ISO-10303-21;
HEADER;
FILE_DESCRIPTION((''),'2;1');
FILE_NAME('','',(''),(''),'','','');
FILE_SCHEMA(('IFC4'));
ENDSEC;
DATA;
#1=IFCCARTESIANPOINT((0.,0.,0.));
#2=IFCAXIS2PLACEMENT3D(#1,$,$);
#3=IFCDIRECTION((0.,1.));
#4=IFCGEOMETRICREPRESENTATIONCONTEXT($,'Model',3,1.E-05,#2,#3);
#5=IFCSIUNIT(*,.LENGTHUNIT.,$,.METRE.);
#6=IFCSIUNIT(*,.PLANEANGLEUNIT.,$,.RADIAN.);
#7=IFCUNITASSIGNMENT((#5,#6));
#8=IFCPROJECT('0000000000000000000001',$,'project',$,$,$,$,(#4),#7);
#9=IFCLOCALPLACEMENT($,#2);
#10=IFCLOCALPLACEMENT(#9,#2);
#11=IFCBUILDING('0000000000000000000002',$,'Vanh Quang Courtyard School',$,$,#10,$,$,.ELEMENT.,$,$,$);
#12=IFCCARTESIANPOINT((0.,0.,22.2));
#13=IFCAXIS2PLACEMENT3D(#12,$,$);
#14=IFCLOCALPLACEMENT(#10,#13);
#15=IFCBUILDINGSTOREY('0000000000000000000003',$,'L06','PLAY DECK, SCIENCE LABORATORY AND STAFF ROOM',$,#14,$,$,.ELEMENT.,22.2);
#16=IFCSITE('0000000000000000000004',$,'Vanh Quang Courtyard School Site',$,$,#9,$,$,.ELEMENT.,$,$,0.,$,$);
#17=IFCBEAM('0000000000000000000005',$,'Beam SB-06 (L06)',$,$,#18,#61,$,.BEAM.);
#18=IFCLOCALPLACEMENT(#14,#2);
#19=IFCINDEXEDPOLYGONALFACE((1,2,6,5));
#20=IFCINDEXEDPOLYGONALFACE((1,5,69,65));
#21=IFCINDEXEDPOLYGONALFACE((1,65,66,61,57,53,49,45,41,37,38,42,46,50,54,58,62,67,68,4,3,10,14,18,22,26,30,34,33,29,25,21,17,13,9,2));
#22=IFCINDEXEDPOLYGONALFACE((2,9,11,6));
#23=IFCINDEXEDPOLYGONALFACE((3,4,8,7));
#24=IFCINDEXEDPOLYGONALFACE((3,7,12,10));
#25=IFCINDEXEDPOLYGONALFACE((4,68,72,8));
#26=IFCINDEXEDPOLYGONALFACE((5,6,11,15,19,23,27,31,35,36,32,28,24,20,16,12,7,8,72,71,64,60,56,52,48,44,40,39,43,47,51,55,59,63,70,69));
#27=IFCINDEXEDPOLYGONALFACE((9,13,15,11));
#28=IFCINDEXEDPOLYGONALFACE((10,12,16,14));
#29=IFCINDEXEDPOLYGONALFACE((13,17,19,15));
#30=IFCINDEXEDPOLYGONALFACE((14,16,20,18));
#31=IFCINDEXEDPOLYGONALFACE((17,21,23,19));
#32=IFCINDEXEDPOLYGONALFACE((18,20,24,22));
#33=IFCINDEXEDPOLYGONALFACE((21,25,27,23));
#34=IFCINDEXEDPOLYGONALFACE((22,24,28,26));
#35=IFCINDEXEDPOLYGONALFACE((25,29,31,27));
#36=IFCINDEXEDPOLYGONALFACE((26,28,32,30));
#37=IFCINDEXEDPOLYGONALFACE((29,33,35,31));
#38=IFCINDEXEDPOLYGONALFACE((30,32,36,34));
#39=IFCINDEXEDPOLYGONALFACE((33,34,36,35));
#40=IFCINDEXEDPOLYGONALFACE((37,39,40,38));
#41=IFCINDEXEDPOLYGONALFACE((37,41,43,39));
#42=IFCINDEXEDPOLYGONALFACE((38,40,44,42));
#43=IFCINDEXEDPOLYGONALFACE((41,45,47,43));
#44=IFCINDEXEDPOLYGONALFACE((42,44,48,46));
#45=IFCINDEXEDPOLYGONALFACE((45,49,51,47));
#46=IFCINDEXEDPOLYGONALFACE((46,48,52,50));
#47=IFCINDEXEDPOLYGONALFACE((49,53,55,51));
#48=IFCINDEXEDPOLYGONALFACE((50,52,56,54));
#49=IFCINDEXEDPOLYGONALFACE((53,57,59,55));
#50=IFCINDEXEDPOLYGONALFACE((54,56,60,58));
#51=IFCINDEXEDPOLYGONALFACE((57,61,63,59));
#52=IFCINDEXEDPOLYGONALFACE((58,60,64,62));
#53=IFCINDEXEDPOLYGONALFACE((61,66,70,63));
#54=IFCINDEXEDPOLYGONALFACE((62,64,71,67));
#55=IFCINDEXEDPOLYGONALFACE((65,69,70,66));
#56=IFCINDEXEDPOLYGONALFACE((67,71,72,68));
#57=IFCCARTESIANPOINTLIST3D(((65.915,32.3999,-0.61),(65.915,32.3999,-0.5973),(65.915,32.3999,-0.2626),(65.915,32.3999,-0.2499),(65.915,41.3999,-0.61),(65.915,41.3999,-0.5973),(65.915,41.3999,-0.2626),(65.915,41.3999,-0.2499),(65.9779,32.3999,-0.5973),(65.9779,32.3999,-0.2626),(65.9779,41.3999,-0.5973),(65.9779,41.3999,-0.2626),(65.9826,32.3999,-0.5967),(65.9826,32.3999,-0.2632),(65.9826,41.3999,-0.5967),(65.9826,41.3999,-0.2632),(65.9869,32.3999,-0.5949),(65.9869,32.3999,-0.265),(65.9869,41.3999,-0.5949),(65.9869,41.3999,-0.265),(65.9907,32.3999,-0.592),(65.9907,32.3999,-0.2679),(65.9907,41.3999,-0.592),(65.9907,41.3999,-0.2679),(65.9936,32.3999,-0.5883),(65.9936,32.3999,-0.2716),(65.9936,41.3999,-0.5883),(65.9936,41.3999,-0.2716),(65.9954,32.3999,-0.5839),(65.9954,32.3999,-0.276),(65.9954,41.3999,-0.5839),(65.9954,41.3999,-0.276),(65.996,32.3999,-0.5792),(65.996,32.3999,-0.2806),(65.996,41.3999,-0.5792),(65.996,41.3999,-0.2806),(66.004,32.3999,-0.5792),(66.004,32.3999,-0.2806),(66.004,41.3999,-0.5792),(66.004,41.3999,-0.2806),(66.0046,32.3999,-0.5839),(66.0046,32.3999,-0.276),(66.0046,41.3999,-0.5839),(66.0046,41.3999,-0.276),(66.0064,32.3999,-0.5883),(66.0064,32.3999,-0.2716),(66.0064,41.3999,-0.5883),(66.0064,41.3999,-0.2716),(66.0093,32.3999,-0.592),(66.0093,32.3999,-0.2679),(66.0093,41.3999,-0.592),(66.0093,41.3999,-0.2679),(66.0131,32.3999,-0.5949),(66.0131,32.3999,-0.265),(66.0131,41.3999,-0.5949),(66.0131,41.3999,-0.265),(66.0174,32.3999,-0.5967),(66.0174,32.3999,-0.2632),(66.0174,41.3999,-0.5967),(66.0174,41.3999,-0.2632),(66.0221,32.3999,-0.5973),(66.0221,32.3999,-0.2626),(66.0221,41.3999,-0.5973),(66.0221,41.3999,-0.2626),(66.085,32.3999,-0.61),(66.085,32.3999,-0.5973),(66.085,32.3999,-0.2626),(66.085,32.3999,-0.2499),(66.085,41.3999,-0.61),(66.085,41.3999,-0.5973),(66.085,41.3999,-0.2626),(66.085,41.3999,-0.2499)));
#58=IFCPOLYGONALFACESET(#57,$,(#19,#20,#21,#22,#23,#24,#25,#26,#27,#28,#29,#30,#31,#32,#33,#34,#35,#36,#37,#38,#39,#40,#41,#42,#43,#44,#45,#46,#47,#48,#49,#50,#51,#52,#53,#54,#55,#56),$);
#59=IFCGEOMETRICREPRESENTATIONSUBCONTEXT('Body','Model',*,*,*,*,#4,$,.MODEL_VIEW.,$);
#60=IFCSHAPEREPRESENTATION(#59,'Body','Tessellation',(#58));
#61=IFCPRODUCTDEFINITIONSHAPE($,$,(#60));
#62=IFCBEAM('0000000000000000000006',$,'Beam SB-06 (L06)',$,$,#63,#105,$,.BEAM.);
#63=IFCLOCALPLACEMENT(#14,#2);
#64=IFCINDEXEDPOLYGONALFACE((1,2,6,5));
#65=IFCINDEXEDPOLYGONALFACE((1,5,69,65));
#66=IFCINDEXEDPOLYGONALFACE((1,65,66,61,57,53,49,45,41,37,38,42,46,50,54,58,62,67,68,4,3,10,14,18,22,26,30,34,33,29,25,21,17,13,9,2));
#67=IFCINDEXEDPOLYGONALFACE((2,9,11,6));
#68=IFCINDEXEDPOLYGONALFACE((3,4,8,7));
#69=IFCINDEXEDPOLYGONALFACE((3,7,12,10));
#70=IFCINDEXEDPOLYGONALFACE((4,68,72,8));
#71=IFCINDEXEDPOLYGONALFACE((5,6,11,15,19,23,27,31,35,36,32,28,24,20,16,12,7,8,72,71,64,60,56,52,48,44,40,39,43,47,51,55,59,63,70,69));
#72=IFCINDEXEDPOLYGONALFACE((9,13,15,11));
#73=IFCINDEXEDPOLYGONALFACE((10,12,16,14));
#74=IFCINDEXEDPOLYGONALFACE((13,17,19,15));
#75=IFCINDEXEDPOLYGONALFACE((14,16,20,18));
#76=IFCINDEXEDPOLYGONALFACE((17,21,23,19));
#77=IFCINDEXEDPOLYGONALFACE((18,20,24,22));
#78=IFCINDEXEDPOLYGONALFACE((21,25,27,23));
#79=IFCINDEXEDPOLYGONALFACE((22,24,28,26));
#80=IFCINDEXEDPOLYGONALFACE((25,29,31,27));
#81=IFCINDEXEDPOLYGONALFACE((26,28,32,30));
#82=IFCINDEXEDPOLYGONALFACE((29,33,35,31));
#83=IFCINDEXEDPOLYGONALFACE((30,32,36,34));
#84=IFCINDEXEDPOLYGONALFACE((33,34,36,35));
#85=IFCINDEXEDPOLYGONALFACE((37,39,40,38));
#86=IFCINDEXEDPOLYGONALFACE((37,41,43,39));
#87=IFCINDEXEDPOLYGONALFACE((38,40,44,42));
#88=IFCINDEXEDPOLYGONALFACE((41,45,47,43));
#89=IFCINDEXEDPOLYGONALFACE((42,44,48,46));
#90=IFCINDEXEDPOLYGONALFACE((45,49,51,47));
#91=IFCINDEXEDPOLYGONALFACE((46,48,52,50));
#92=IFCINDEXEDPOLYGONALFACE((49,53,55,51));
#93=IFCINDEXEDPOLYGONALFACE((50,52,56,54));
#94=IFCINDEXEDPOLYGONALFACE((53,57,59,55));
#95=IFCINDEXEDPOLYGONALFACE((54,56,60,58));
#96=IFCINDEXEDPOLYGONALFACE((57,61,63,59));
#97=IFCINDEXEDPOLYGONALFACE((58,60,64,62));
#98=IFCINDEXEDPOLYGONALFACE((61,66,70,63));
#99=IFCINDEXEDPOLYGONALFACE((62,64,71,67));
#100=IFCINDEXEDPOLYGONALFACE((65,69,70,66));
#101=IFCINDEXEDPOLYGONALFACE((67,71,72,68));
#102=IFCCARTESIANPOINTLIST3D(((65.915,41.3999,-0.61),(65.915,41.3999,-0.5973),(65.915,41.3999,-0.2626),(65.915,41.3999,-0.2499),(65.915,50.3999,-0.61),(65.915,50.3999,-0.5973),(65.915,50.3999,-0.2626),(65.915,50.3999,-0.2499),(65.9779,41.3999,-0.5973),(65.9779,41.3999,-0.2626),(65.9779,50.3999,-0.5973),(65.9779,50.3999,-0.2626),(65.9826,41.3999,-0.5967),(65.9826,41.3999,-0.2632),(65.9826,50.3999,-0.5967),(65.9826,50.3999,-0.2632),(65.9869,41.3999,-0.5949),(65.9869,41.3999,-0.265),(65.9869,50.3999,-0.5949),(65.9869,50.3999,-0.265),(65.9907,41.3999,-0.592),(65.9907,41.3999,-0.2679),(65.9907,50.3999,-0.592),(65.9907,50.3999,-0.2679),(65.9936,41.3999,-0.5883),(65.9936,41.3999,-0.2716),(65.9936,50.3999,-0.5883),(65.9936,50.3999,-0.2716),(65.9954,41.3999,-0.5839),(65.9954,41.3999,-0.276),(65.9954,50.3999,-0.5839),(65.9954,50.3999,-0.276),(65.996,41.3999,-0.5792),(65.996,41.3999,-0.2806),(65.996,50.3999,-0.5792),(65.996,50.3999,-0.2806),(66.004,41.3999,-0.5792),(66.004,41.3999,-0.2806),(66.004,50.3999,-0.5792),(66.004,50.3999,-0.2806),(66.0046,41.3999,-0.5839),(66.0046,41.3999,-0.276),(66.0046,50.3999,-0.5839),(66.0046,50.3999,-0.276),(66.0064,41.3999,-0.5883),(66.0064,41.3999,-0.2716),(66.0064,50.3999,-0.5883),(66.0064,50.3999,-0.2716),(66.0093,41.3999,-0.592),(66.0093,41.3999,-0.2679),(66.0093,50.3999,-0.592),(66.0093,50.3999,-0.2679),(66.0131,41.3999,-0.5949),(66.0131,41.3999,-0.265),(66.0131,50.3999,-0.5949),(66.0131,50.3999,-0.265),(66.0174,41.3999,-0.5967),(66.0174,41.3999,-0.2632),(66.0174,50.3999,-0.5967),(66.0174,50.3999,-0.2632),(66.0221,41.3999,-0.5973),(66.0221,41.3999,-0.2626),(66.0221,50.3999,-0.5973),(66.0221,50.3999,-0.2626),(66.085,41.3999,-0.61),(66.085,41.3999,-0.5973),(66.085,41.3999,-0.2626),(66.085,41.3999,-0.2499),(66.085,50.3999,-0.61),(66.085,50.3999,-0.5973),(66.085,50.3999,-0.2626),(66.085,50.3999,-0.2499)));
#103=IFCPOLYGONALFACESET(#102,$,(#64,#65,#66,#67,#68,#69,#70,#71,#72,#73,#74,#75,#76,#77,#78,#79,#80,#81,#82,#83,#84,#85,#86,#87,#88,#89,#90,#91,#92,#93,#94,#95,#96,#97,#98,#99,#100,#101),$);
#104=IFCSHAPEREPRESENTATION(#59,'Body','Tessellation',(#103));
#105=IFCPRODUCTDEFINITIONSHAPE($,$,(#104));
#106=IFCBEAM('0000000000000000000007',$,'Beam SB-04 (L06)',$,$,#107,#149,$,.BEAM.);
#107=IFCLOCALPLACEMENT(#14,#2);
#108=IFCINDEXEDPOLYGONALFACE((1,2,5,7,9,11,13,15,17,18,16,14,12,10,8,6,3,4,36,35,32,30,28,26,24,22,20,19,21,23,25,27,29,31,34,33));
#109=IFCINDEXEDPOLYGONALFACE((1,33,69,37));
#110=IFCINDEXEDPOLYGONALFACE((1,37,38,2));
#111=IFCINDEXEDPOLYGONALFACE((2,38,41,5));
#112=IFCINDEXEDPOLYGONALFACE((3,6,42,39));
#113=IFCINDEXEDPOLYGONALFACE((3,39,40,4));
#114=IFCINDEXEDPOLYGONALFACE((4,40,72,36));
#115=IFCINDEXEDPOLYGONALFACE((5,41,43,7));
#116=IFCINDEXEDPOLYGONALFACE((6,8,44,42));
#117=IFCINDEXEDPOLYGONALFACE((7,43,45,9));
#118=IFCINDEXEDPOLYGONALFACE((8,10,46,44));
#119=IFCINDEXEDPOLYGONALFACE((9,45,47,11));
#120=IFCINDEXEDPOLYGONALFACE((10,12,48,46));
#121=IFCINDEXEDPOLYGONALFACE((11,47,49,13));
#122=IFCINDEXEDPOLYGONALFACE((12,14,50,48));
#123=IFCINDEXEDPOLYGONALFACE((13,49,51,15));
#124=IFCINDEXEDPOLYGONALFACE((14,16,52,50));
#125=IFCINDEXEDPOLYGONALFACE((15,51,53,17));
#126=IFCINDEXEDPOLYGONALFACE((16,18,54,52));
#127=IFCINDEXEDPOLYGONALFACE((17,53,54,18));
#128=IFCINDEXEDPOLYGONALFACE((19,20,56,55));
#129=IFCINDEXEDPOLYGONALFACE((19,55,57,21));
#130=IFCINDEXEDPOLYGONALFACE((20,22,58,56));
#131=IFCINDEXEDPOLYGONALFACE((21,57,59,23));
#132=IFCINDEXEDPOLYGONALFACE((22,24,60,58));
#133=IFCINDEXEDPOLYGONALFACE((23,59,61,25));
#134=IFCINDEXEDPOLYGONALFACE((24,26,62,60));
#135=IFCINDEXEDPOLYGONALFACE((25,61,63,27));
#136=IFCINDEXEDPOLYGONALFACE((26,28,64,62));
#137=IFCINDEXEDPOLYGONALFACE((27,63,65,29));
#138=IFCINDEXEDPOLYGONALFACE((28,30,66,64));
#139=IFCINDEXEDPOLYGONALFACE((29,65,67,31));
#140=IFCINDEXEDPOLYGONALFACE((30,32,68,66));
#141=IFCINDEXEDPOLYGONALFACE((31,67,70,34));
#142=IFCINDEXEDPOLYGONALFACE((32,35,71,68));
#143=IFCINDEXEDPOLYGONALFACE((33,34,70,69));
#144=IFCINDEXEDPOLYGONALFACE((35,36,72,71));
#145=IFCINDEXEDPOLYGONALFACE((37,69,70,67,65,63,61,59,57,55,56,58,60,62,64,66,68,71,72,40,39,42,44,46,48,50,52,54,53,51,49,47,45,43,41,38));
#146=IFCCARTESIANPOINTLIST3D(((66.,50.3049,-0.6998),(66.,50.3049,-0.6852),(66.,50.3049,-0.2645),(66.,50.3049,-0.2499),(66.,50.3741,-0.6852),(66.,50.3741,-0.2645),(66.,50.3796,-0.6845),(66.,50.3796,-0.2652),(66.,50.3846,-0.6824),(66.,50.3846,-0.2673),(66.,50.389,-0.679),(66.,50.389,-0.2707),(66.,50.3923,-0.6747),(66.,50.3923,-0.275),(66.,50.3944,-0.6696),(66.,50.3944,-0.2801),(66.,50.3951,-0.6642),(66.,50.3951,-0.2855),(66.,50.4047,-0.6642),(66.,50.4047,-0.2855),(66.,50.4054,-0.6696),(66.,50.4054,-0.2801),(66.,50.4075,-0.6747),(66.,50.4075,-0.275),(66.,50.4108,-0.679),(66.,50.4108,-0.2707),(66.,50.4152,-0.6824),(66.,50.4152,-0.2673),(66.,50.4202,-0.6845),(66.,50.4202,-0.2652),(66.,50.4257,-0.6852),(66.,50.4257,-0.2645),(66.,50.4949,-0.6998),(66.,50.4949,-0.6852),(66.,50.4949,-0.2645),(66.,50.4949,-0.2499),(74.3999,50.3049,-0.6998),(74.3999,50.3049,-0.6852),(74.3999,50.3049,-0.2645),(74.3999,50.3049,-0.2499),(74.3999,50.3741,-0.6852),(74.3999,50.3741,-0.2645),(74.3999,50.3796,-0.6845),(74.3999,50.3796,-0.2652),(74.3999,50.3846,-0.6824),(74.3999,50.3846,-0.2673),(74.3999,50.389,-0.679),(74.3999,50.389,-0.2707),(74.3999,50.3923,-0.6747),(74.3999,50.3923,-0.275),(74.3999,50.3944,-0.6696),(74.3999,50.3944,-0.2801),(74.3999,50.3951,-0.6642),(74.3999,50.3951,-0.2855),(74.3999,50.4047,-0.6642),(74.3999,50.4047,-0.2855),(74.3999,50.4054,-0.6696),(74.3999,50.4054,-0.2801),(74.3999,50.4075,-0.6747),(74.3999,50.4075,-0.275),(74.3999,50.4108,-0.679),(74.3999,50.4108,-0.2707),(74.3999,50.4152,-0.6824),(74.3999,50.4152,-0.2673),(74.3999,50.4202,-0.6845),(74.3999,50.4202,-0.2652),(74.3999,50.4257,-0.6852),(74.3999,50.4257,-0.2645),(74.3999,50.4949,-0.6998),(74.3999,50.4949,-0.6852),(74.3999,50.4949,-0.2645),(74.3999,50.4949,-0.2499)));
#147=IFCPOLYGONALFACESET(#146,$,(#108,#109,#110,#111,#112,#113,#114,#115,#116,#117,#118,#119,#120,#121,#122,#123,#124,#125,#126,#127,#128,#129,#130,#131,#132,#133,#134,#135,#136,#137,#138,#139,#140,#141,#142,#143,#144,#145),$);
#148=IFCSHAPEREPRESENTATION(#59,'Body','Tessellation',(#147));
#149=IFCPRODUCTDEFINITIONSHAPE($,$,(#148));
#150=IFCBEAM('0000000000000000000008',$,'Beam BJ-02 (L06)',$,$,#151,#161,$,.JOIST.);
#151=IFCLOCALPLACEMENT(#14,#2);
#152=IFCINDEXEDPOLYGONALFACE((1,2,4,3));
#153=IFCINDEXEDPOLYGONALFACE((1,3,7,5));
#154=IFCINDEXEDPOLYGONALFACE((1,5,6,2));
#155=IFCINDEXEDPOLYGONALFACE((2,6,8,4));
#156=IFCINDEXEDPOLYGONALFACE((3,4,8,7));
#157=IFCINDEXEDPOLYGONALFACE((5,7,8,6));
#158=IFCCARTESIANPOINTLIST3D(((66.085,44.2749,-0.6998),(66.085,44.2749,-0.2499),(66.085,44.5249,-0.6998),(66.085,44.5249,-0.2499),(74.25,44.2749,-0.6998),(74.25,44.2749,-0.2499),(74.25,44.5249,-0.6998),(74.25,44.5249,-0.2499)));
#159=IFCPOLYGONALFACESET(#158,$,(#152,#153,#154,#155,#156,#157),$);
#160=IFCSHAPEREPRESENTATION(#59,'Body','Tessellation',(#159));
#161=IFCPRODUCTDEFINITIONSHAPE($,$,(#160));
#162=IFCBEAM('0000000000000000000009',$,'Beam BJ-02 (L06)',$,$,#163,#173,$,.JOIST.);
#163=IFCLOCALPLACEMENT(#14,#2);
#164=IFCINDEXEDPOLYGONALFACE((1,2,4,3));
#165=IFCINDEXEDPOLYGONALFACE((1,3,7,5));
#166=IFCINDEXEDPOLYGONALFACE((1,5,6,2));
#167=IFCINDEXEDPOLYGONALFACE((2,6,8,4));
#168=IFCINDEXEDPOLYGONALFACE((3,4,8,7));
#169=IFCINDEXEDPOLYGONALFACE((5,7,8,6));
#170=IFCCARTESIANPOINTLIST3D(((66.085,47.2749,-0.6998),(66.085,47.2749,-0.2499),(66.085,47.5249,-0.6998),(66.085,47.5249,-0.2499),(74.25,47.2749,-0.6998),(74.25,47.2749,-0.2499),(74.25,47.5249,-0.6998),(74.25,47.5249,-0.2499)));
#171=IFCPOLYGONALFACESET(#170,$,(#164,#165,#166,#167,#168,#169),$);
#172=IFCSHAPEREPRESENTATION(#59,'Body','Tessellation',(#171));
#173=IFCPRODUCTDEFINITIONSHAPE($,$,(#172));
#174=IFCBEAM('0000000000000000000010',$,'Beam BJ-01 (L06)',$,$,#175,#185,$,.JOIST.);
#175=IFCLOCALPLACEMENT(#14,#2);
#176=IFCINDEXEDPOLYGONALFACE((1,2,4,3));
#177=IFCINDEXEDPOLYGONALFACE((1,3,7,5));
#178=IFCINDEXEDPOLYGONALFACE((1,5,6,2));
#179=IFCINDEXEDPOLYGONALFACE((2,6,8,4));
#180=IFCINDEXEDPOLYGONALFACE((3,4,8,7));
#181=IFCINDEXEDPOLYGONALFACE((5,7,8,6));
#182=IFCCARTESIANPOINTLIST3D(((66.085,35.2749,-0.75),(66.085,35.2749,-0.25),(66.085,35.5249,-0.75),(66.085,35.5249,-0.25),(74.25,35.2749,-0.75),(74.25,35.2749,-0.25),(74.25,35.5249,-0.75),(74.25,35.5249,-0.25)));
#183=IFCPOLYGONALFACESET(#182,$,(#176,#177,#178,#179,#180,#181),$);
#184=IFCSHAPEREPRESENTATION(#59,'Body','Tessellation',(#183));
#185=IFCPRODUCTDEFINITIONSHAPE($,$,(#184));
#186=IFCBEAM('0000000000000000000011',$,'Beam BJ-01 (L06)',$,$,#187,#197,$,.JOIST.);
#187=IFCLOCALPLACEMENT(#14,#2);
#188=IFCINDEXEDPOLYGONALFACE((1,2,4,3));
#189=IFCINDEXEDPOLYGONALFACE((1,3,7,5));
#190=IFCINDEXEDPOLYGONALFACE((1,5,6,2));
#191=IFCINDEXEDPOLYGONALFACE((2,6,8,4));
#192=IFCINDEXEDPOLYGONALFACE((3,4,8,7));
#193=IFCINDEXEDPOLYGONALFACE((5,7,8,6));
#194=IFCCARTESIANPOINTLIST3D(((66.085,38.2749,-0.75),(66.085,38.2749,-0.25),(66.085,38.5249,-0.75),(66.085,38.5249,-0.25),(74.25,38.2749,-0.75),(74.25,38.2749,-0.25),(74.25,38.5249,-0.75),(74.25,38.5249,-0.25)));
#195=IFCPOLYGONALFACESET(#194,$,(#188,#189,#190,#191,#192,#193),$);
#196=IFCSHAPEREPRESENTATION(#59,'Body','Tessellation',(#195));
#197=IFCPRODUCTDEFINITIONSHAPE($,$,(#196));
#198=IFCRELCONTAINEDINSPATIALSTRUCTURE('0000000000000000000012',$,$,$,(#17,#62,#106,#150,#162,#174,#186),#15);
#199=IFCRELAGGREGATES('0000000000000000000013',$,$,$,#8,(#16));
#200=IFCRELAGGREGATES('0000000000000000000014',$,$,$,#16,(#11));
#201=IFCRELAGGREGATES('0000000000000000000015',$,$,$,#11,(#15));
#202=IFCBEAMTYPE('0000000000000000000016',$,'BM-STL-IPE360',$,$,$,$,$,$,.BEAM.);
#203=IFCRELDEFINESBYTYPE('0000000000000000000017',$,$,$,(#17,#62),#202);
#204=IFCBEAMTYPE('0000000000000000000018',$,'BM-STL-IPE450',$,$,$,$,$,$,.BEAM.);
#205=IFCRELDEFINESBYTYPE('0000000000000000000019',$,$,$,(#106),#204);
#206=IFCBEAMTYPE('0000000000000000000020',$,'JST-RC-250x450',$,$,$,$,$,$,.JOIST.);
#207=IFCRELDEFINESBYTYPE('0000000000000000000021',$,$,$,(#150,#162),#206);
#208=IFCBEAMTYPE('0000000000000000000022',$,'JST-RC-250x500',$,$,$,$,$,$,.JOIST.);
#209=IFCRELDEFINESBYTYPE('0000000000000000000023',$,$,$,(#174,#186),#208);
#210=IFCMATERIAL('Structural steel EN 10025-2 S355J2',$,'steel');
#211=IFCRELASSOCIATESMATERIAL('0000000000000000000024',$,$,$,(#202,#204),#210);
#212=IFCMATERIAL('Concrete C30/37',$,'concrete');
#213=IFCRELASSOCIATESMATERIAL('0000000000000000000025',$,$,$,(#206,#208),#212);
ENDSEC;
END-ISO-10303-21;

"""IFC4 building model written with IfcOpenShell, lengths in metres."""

from ifc_helpers import new_model, si_unit, direction, frame, origin, origin_2d, place, context, subcontext, project, spatial, rectangle, i_section, extrude, material, material_profile, profile_set, type_object, element, save


model = new_model("IFC4")

# Units and contexts
model_context = context("Model", 3, precision=1e-05, world=origin(), true_north=direction((0.0, 1.0)))
body_context = subcontext(model_context, "Body", "Model", "MODEL_VIEW")
ifc_project = project(units=[si_unit("LENGTHUNIT", "METRE"), si_unit("PLANEANGLEUNIT", "RADIAN")], contexts=[model_context])

# Site, building, storey
site_placement = place(None, origin())
site = spatial("IfcSite", under=ifc_project, at=site_placement, Name="Vanh Quang Courtyard School Site", CompositionType="ELEMENT", RefElevation=0.0)
building_placement = place(site_placement, origin())
building = spatial("IfcBuilding", under=site, at=building_placement, Name="Vanh Quang Courtyard School", CompositionType="ELEMENT")
storey_placement = place(building_placement, frame((0.0, 0.0, 22.2)))
storey = spatial("IfcBuildingStorey", under=building, at=storey_placement, Name="L06", Description="PLAY DECK, SCIENCE LABORATORY AND STAFF ROOM", CompositionType="ELEMENT", Elevation=22.2)

# Beams
ifc_material_1 = material(Name="Structural steel EN 10025-2 S355J2", Category="steel")
ifc_material_profile_1 = material_profile(ifc_material_1, i_section(OverallWidth=0.1699, OverallDepth=0.3601, WebThickness=0.0081, FlangeThickness=0.0127, FilletRadius=0.0181, at=origin_2d()), Name="IPE 360")
ifc_profile_set_1 = profile_set([ifc_material_profile_1], Name="Structural steel EN 10025-2 S355J2")
beam_type_1 = type_object("IfcBeamType", Name="BM-STL-IPE360", PredefinedType="BEAM", material=ifc_profile_set_1)
for number, where, z_axis, x_axis, name in (
    (1, (66.0, 32.3999, -0.4299), (0.0, 1.0, 0.0), (-1.0, 0.0, 0.0), "Beam SB-06 (L06)"),
    (2, (66.0, 41.3999, -0.4299), (0.0, 1.0, 0.0), (-1.0, 0.0, 0.0), "Beam SB-06 (L06)"),
):
    element("IfcBeam", number, at=place(storey_placement, frame(where, z_axis=z_axis, x_axis=x_axis)), inside=storey, type_object=beam_type_1, Name=name, PredefinedType="BEAM", context=body_context, shape_type="SweptSolid", body=[
        extrude(i_section(OverallWidth=0.1699, OverallDepth=0.3601, WebThickness=0.0081, FlangeThickness=0.0127, FilletRadius=0.0181, at=origin_2d()), origin(), (0.0, 0.0, 1.0), 9.0),
    ])
ifc_material_profile_2 = material_profile(ifc_material_1, i_section(OverallWidth=0.1899, OverallDepth=0.45, WebThickness=0.0095, FlangeThickness=0.0146, FilletRadius=0.021, at=origin_2d()), Name="IPE 450")
ifc_profile_set_2 = profile_set([ifc_material_profile_2], Name="Structural steel EN 10025-2 S355J2")
beam_type_2 = type_object("IfcBeamType", Name="BM-STL-IPE450", PredefinedType="BEAM", material=ifc_profile_set_2)
beam_1_placement = place(storey_placement, frame((66.0, 50.3999, -0.4749), z_axis=(1.0, 0.0, 0.0), x_axis=(0.0, 1.0, 0.0)))
element("IfcBeam", 3, at=beam_1_placement, inside=storey, type_object=beam_type_2, Name="Beam SB-04 (L06)", PredefinedType="BEAM", context=body_context, shape_type="SweptSolid", body=[
    extrude(i_section(OverallWidth=0.1899, OverallDepth=0.45, WebThickness=0.0095, FlangeThickness=0.0146, FilletRadius=0.021, at=origin_2d()), origin(), (0.0, 0.0, 1.0), 8.3999),
])
ifc_material_2 = material(Name="Concrete C30/37", Category="concrete")
ifc_material_profile_3 = material_profile(ifc_material_2, rectangle(XDim=0.25, YDim=0.45, at=origin_2d()), Name="RC-JST 250x450")
ifc_profile_set_3 = profile_set([ifc_material_profile_3], Name="Concrete C30/37")
beam_type_3 = type_object("IfcBeamType", Name="JST-RC-250x450", PredefinedType="JOIST", material=ifc_profile_set_3)
for number, where, z_axis, x_axis, name in (
    (4, (66.085, 44.3999, -0.4749), (1.0, 0.0, 0.0), (0.0, 1.0, 0.0), "Beam BJ-02 (L06)"),
    (5, (66.085, 47.3999, -0.4749), (1.0, 0.0, 0.0), (0.0, 1.0, 0.0), "Beam BJ-02 (L06)"),
):
    element("IfcBeam", number, at=place(storey_placement, frame(where, z_axis=z_axis, x_axis=x_axis)), inside=storey, type_object=beam_type_3, Name=name, PredefinedType="JOIST", context=body_context, shape_type="SweptSolid", body=[
        extrude(rectangle(XDim=0.25, YDim=0.45, at=origin_2d()), origin(), (0.0, 0.0, 1.0), 8.165),
    ])
ifc_material_profile_4 = material_profile(ifc_material_2, rectangle(XDim=0.25, YDim=0.5, at=origin_2d()), Name="RC-JST 250x500")
ifc_profile_set_4 = profile_set([ifc_material_profile_4], Name="Concrete C30/37")
beam_type_4 = type_object("IfcBeamType", Name="JST-RC-250x500", PredefinedType="JOIST", material=ifc_profile_set_4)
for number, where, z_axis, x_axis, name in (
    (6, (66.085, 35.3999, -0.5), (1.0, 0.0, 0.0), (0.0, 1.0, 0.0), "Beam BJ-01 (L06)"),
    (7, (66.085, 38.3999, -0.5), (1.0, 0.0, 0.0), (0.0, 1.0, 0.0), "Beam BJ-01 (L06)"),
):
    element("IfcBeam", number, at=place(storey_placement, frame(where, z_axis=z_axis, x_axis=x_axis)), inside=storey, type_object=beam_type_4, Name=name, PredefinedType="JOIST", context=body_context, shape_type="SweptSolid", body=[
        extrude(rectangle(XDim=0.25, YDim=0.5, at=origin_2d()), origin(), (0.0, 0.0, 1.0), 8.165),
    ])

save(model, "model.ifc")
